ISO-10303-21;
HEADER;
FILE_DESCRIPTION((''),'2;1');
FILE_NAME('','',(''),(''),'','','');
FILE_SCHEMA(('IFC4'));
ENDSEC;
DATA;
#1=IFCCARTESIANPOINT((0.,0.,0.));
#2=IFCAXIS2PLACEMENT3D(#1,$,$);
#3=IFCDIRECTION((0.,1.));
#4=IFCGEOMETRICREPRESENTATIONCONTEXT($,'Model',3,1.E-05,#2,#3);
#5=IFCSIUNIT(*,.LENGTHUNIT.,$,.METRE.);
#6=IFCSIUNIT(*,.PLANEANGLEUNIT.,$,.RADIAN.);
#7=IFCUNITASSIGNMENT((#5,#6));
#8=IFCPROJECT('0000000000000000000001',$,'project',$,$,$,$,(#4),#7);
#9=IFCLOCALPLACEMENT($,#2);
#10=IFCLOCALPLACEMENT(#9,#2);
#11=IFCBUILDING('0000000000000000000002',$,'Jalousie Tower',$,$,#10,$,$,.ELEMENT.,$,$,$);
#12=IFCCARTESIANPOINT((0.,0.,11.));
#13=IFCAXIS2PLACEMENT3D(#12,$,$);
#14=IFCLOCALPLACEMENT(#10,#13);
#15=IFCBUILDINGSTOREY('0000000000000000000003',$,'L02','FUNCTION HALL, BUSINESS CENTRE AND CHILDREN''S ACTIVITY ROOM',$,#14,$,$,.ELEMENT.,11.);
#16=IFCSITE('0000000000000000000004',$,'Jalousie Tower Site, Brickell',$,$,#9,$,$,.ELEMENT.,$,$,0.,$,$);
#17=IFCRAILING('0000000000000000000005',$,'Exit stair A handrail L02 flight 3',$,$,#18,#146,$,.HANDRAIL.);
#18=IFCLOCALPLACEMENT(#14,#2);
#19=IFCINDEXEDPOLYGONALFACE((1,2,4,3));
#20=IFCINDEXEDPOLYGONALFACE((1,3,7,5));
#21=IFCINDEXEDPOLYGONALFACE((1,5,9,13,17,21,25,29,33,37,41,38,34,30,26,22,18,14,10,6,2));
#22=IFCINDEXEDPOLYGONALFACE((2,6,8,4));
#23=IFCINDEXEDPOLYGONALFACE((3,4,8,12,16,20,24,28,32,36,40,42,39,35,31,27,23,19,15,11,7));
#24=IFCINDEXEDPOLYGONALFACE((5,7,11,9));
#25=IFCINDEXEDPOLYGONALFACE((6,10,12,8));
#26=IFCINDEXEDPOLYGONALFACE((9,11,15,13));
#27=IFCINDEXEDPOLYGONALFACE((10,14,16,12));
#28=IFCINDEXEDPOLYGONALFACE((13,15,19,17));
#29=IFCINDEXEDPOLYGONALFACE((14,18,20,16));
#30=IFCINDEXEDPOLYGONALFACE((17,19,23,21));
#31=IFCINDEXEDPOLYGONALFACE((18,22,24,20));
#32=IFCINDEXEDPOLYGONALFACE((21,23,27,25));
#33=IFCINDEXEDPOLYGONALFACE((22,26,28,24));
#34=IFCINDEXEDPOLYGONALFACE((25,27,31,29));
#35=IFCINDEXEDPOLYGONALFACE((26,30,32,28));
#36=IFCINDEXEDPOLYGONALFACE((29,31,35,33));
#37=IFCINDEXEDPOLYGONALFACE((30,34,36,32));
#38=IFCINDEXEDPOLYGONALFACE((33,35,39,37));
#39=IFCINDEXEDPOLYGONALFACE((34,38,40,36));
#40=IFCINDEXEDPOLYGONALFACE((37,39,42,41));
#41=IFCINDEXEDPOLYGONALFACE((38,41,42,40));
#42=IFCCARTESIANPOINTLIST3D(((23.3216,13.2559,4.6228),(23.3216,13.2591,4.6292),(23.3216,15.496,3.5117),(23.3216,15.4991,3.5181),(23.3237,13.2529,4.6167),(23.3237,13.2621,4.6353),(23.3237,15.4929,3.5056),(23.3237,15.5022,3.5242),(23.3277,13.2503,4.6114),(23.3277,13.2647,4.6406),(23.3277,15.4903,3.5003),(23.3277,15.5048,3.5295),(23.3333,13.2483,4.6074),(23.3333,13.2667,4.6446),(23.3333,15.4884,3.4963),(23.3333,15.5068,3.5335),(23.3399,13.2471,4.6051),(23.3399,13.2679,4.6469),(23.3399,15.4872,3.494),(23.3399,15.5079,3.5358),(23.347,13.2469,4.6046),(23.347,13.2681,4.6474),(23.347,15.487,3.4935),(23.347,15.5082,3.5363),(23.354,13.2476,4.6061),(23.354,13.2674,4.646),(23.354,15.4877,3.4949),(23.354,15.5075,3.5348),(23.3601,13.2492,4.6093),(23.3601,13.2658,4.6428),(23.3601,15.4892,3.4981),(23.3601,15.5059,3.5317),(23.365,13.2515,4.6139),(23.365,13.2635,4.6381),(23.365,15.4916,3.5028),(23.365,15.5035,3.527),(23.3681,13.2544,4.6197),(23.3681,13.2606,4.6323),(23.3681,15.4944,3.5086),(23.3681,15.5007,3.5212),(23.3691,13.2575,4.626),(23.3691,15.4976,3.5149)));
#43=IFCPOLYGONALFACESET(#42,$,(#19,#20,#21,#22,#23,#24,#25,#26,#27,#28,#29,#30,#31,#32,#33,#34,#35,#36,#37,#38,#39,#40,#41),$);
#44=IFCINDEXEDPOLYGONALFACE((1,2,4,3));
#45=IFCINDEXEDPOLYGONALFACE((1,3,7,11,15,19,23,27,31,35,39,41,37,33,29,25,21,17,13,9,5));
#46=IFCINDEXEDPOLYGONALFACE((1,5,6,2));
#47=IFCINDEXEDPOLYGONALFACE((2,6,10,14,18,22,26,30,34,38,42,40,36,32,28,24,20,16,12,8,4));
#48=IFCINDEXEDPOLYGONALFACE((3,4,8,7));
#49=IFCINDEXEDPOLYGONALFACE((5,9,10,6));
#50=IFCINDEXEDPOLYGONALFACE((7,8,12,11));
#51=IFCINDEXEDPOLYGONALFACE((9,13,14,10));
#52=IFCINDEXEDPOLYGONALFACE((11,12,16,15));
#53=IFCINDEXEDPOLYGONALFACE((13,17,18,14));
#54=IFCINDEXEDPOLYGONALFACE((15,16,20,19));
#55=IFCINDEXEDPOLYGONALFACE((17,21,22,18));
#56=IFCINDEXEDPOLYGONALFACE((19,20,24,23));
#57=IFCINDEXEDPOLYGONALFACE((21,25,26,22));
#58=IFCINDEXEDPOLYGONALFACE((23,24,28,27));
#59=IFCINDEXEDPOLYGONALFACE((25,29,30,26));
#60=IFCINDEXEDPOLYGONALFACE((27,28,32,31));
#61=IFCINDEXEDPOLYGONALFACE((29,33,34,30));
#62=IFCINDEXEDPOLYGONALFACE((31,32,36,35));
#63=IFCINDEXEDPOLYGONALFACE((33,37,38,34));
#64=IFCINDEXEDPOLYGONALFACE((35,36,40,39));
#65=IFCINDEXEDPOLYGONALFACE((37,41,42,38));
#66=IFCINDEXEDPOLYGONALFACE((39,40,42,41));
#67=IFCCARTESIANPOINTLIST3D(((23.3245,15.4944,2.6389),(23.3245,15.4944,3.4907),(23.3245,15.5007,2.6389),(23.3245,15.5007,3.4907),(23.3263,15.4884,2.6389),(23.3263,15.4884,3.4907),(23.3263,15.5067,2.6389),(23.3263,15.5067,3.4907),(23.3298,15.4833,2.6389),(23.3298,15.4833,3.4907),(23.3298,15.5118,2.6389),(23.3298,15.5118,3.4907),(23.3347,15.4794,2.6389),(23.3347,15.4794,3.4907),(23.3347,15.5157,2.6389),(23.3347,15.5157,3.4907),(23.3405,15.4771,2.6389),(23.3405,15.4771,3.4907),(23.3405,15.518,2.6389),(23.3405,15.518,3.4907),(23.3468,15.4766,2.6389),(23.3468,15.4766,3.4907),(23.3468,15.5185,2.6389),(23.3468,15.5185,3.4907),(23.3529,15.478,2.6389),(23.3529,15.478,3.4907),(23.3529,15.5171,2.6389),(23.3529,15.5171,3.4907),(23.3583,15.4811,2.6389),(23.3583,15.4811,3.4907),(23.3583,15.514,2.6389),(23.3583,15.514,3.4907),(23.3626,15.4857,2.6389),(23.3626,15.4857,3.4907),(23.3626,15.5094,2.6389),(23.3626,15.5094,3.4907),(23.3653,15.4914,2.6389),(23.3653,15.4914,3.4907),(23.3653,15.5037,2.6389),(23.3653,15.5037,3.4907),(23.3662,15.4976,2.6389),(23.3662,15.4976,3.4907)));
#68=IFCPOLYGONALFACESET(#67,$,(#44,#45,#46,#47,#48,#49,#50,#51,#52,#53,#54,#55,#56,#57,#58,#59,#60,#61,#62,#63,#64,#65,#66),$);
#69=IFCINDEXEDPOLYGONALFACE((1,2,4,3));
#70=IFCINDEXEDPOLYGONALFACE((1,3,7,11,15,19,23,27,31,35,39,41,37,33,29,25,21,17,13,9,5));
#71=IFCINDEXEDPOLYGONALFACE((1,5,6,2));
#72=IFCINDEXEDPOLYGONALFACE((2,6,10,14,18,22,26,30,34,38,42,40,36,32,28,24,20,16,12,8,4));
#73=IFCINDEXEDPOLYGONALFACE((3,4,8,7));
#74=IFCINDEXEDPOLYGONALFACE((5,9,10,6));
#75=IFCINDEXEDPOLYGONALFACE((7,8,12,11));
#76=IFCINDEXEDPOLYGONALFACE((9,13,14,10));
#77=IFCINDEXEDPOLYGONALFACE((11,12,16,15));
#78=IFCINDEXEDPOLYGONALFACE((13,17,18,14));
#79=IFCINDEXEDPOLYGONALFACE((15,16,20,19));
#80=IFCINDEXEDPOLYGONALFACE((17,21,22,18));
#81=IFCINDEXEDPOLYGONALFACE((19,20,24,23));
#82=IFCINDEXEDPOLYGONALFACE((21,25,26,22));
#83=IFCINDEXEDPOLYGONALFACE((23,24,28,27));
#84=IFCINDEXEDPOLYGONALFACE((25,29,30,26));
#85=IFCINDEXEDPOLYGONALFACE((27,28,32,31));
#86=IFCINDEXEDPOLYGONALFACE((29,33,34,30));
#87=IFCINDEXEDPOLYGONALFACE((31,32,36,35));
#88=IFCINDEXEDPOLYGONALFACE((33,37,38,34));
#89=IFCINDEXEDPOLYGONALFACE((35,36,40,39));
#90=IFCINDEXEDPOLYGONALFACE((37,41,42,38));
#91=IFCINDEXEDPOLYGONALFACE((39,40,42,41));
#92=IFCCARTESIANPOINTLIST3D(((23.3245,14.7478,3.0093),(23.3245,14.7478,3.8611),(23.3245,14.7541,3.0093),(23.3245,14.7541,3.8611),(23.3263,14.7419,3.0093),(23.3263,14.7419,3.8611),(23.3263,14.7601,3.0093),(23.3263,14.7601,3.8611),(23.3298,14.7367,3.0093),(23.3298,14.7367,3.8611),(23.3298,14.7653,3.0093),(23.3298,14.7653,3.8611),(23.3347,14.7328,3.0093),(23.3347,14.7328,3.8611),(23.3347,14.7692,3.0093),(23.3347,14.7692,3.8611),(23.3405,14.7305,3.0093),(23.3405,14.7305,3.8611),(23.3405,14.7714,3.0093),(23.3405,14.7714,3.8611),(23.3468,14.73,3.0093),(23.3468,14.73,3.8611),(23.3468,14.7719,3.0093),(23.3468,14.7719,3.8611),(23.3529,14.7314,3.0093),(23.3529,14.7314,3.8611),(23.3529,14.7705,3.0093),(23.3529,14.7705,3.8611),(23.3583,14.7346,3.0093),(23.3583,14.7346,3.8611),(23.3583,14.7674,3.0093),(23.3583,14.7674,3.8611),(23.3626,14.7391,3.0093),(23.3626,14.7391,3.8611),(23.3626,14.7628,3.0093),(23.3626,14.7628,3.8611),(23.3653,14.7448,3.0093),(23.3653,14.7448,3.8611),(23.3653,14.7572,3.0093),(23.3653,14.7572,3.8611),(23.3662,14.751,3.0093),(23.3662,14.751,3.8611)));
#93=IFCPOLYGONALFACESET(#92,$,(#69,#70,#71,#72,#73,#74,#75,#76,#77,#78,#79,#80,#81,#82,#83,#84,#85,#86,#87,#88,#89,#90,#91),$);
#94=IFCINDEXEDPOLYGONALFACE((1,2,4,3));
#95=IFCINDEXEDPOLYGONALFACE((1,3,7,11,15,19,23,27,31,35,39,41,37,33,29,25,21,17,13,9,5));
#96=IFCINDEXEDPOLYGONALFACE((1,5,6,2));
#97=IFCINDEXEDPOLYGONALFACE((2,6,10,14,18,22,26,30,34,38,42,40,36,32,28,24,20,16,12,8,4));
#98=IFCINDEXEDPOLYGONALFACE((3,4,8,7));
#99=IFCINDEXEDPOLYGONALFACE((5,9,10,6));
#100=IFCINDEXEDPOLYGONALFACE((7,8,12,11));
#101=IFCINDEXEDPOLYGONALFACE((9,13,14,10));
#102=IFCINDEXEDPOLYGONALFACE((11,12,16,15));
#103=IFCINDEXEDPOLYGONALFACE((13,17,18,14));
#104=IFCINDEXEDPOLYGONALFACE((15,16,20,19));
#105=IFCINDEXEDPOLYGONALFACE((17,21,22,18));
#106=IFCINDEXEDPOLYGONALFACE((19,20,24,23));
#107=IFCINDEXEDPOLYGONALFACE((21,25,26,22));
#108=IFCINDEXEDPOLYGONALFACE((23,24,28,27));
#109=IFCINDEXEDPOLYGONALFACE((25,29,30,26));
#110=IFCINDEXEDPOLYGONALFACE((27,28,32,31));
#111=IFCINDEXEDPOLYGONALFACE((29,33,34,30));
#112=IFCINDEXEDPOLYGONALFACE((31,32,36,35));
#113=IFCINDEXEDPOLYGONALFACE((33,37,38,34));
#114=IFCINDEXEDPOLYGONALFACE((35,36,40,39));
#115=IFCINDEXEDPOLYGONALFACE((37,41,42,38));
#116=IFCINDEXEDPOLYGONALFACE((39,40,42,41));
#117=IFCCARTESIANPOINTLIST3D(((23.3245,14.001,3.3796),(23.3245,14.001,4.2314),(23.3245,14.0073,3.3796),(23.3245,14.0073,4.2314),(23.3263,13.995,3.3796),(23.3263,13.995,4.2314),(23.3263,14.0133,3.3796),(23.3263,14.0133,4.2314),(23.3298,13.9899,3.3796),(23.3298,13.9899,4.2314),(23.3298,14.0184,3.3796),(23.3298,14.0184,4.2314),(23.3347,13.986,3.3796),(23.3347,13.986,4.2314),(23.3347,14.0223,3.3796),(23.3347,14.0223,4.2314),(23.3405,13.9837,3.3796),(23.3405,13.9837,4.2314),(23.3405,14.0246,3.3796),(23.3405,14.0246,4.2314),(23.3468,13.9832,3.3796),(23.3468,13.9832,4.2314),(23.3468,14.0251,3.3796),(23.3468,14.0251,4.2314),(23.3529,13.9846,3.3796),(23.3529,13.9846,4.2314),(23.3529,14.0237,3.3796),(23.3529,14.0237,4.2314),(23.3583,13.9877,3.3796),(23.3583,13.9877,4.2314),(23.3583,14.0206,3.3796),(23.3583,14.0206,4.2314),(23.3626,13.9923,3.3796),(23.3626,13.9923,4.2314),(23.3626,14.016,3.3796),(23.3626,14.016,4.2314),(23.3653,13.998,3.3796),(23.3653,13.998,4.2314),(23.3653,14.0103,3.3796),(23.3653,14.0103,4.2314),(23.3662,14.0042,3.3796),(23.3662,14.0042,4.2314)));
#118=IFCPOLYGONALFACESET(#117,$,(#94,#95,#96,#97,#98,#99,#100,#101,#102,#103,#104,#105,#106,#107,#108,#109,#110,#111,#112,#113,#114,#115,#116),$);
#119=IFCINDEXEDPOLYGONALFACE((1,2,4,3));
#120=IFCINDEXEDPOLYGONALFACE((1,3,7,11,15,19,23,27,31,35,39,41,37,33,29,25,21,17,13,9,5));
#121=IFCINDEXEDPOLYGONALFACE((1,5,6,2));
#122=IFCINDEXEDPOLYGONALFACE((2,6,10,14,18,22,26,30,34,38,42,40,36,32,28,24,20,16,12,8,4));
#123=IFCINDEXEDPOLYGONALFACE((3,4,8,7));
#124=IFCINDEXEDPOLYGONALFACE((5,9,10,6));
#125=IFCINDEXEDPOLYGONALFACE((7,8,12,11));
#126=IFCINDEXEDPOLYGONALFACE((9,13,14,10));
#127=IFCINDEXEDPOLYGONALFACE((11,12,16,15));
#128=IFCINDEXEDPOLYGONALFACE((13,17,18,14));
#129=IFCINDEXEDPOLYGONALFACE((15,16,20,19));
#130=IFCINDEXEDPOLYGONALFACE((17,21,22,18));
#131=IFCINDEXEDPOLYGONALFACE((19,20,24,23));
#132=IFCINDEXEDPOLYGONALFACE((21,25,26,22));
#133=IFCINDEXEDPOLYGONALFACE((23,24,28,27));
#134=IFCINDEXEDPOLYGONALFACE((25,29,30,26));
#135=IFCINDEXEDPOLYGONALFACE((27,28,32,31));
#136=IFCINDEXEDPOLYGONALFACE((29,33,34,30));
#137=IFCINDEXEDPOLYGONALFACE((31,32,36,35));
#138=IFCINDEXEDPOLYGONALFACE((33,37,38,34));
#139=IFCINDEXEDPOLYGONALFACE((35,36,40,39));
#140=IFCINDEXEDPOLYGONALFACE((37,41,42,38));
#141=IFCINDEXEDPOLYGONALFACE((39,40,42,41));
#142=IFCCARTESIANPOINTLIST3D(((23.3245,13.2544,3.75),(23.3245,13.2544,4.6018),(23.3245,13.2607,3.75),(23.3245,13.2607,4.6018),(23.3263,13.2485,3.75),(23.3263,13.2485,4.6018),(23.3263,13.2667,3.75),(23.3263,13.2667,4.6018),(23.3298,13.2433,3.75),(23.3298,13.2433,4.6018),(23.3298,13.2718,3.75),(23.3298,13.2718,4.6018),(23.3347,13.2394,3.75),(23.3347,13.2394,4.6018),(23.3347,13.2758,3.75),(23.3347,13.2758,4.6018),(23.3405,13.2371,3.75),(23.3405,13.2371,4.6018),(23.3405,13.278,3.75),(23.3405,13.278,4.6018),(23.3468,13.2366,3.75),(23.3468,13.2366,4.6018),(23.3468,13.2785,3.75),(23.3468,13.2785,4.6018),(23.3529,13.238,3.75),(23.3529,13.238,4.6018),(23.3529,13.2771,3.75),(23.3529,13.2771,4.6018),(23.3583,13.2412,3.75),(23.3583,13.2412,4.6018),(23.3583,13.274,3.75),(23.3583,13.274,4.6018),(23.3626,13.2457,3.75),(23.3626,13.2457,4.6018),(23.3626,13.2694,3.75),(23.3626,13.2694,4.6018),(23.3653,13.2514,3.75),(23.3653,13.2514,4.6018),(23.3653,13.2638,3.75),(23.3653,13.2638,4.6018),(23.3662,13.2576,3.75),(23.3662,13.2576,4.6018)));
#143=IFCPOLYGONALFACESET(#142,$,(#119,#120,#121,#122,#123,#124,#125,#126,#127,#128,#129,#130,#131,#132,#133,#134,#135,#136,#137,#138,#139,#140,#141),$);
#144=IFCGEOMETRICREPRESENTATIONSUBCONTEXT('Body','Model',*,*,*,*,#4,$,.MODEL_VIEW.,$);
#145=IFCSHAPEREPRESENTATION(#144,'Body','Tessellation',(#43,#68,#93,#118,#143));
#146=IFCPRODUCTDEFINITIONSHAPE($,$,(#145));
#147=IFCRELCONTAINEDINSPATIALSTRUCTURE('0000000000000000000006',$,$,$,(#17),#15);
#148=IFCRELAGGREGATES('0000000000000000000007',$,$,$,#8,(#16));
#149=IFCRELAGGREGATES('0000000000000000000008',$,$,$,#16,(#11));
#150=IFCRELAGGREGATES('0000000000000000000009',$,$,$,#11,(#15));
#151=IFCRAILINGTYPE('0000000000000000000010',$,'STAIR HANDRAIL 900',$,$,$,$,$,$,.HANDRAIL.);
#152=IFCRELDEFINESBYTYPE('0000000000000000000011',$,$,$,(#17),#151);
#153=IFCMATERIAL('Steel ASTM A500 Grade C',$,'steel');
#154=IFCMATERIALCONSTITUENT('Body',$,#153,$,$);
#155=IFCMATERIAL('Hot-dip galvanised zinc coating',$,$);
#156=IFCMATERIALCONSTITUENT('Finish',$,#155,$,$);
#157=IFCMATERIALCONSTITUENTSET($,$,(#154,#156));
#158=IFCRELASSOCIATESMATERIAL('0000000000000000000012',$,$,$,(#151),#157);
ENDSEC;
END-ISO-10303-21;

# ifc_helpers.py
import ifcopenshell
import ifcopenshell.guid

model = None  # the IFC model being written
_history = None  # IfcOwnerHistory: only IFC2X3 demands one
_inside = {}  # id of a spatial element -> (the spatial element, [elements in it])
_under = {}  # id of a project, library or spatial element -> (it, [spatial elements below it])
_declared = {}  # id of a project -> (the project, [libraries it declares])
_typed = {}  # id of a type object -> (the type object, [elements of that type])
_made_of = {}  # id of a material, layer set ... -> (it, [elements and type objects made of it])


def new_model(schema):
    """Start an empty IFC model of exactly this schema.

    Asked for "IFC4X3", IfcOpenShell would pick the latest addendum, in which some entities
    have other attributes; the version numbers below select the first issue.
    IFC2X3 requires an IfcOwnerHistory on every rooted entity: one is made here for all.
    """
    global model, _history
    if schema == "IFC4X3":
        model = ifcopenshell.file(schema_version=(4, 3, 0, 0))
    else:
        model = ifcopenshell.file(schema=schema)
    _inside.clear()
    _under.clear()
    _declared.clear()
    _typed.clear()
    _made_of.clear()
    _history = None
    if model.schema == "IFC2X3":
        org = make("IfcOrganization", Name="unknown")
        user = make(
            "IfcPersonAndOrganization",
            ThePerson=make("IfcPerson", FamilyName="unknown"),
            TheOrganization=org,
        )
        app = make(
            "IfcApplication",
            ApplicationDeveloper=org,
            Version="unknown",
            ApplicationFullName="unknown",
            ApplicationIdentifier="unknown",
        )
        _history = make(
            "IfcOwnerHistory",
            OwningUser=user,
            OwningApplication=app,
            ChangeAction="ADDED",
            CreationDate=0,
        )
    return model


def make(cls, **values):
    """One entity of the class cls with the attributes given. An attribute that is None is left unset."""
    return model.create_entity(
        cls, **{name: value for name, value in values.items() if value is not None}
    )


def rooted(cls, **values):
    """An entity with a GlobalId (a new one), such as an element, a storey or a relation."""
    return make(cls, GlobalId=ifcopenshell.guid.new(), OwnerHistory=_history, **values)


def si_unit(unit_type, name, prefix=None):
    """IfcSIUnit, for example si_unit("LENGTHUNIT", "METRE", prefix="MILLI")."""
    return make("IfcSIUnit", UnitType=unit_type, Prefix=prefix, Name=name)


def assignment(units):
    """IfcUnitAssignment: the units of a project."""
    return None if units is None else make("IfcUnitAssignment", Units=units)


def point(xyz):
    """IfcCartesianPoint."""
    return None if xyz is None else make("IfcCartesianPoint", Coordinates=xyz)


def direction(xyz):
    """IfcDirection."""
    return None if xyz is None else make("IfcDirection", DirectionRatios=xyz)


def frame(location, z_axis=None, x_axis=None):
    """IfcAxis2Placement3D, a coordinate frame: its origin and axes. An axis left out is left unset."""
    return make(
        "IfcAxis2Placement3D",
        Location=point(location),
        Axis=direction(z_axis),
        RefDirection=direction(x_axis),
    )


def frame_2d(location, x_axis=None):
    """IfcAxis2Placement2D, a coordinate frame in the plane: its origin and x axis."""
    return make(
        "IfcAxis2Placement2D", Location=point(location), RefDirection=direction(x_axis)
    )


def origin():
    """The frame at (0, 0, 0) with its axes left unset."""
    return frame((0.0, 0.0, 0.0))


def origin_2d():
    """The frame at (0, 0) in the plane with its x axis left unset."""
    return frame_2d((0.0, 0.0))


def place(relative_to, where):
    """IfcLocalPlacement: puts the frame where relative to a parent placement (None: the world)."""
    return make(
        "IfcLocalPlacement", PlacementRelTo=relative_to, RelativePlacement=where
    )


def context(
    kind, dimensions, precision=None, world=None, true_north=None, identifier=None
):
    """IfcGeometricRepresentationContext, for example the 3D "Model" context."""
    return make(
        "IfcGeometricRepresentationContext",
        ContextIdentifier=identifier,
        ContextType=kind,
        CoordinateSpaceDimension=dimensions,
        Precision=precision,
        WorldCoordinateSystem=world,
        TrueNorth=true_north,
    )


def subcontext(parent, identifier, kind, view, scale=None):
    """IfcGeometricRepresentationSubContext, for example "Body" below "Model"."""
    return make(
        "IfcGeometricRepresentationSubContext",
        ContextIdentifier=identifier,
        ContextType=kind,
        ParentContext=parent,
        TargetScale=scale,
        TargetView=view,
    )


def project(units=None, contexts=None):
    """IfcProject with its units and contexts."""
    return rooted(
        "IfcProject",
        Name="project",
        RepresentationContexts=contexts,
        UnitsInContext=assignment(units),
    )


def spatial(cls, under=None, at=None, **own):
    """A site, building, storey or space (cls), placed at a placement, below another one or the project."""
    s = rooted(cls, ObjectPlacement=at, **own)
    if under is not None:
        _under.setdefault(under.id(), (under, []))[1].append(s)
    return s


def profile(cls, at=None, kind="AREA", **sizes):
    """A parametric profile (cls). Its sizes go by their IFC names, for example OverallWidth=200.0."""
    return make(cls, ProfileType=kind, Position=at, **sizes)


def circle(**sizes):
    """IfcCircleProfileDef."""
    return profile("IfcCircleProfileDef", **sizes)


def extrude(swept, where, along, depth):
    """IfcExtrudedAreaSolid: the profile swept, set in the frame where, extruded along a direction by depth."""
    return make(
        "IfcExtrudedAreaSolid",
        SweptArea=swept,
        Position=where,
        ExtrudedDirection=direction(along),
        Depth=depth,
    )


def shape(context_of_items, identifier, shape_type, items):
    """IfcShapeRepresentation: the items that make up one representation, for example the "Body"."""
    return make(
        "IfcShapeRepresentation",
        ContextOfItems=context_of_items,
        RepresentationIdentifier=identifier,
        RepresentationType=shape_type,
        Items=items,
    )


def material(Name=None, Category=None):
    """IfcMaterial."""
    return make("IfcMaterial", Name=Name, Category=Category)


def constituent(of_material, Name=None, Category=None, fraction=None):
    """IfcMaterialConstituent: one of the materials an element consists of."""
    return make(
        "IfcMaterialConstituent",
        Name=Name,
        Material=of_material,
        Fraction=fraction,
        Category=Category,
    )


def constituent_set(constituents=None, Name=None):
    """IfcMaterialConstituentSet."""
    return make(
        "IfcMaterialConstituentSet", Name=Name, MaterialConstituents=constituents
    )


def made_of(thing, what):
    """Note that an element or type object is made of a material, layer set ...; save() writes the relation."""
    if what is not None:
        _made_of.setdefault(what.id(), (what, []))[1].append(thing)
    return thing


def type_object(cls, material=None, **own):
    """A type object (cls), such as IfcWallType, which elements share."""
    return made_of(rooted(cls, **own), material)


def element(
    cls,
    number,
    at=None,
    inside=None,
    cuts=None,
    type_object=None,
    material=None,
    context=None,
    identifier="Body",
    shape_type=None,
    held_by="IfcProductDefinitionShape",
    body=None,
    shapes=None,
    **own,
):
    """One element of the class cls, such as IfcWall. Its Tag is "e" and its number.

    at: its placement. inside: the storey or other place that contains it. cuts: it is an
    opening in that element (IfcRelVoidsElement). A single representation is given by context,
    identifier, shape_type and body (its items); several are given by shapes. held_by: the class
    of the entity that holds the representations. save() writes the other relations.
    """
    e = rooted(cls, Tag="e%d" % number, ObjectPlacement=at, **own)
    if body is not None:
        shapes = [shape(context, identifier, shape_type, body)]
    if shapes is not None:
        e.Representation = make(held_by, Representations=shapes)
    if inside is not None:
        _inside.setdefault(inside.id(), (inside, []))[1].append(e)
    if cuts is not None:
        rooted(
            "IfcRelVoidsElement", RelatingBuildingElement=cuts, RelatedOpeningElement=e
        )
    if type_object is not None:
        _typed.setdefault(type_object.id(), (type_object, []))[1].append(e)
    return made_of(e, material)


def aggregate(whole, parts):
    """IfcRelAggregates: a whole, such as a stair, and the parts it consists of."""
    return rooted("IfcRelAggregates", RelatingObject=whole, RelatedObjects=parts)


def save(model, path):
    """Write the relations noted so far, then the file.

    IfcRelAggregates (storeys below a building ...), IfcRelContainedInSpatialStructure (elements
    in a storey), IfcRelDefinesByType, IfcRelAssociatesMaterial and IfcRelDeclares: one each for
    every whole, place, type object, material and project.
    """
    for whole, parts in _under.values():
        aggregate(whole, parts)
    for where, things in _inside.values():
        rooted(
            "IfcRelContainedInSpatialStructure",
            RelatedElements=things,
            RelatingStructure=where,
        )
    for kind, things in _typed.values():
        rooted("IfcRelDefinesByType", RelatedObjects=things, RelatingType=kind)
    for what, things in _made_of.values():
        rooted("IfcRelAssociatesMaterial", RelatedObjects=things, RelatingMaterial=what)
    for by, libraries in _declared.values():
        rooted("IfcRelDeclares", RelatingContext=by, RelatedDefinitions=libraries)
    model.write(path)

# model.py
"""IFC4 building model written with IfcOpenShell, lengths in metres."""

from ifc_helpers import new_model, si_unit, direction, frame, origin, origin_2d, place, context, subcontext, project, spatial, circle, extrude, material, constituent, constituent_set, type_object, element, save


model = new_model("IFC4")

# Units and contexts
model_context = context("Model", 3, precision=1e-05, world=origin(), true_north=direction((0.0, 1.0)))
body_context = subcontext(model_context, "Body", "Model", "MODEL_VIEW")
ifc_project = project(units=[si_unit("LENGTHUNIT", "METRE"), si_unit("PLANEANGLEUNIT", "RADIAN")], contexts=[model_context])

# Site, building, storey
site_placement = place(None, origin())
site = spatial("IfcSite", under=ifc_project, at=site_placement, Name="Jalousie Tower Site, Brickell", CompositionType="ELEMENT", RefElevation=0.0)
building_placement = place(site_placement, origin())
building = spatial("IfcBuilding", under=site, at=building_placement, Name="Jalousie Tower", CompositionType="ELEMENT")
storey_placement = place(building_placement, frame((0.0, 0.0, 11.0)))
storey = spatial("IfcBuildingStorey", under=building, at=storey_placement, Name="L02", Description="FUNCTION HALL, BUSINESS CENTRE AND CHILDREN'S ACTIVITY ROOM", CompositionType="ELEMENT", Elevation=11.0)

# Railing
ifc_material_1 = material(Name="Steel ASTM A500 Grade C", Category="steel")
ifc_constituent_1 = constituent(ifc_material_1, Name="Body")
ifc_material_2 = material(Name="Hot-dip galvanised zinc coating")
ifc_constituent_2 = constituent(ifc_material_2, Name="Finish")
ifc_constituent_set_1 = constituent_set(constituents=[ifc_constituent_1, ifc_constituent_2])
railing_type_1 = type_object("IfcRailingType", Name="STAIR HANDRAIL 900", PredefinedType="HANDRAIL", material=ifc_constituent_set_1)
railing_1_placement = place(storey_placement, frame((23.3452, 15.4976, 2.6389)))
element("IfcRailing", 1, at=railing_1_placement, inside=storey, type_object=railing_type_1, Name="Exit stair A handrail L02 flight 3", PredefinedType="HANDRAIL", context=body_context, shape_type="SweptSolid", body=[
    extrude(circle(Radius=0.0239, at=origin_2d()), frame((0.0, 0.0, 0.876), z_axis=(0.0, -0.895848, 0.44436), x_axis=(1.0, 0.0, 0.0)), (0.0, 0.0, 1.0), 2.5005),
    extrude(circle(Radius=0.021, at=origin_2d()), origin(), (0.0, 0.0, 1.0), 0.8518),
    extrude(circle(Radius=0.021, at=origin_2d()), frame((0.0, -0.7466, 0.3704)), (0.0, 0.0, 1.0), 0.8518),
    extrude(circle(Radius=0.021, at=origin_2d()), frame((0.0, -1.4934, 0.7407)), (0.0, 0.0, 1.0), 0.8518),
    extrude(circle(Radius=0.021, at=origin_2d()), frame((0.0, -2.24, 1.1111)), (0.0, 0.0, 1.0), 0.8518),
])

save(model, "model.ifc")
